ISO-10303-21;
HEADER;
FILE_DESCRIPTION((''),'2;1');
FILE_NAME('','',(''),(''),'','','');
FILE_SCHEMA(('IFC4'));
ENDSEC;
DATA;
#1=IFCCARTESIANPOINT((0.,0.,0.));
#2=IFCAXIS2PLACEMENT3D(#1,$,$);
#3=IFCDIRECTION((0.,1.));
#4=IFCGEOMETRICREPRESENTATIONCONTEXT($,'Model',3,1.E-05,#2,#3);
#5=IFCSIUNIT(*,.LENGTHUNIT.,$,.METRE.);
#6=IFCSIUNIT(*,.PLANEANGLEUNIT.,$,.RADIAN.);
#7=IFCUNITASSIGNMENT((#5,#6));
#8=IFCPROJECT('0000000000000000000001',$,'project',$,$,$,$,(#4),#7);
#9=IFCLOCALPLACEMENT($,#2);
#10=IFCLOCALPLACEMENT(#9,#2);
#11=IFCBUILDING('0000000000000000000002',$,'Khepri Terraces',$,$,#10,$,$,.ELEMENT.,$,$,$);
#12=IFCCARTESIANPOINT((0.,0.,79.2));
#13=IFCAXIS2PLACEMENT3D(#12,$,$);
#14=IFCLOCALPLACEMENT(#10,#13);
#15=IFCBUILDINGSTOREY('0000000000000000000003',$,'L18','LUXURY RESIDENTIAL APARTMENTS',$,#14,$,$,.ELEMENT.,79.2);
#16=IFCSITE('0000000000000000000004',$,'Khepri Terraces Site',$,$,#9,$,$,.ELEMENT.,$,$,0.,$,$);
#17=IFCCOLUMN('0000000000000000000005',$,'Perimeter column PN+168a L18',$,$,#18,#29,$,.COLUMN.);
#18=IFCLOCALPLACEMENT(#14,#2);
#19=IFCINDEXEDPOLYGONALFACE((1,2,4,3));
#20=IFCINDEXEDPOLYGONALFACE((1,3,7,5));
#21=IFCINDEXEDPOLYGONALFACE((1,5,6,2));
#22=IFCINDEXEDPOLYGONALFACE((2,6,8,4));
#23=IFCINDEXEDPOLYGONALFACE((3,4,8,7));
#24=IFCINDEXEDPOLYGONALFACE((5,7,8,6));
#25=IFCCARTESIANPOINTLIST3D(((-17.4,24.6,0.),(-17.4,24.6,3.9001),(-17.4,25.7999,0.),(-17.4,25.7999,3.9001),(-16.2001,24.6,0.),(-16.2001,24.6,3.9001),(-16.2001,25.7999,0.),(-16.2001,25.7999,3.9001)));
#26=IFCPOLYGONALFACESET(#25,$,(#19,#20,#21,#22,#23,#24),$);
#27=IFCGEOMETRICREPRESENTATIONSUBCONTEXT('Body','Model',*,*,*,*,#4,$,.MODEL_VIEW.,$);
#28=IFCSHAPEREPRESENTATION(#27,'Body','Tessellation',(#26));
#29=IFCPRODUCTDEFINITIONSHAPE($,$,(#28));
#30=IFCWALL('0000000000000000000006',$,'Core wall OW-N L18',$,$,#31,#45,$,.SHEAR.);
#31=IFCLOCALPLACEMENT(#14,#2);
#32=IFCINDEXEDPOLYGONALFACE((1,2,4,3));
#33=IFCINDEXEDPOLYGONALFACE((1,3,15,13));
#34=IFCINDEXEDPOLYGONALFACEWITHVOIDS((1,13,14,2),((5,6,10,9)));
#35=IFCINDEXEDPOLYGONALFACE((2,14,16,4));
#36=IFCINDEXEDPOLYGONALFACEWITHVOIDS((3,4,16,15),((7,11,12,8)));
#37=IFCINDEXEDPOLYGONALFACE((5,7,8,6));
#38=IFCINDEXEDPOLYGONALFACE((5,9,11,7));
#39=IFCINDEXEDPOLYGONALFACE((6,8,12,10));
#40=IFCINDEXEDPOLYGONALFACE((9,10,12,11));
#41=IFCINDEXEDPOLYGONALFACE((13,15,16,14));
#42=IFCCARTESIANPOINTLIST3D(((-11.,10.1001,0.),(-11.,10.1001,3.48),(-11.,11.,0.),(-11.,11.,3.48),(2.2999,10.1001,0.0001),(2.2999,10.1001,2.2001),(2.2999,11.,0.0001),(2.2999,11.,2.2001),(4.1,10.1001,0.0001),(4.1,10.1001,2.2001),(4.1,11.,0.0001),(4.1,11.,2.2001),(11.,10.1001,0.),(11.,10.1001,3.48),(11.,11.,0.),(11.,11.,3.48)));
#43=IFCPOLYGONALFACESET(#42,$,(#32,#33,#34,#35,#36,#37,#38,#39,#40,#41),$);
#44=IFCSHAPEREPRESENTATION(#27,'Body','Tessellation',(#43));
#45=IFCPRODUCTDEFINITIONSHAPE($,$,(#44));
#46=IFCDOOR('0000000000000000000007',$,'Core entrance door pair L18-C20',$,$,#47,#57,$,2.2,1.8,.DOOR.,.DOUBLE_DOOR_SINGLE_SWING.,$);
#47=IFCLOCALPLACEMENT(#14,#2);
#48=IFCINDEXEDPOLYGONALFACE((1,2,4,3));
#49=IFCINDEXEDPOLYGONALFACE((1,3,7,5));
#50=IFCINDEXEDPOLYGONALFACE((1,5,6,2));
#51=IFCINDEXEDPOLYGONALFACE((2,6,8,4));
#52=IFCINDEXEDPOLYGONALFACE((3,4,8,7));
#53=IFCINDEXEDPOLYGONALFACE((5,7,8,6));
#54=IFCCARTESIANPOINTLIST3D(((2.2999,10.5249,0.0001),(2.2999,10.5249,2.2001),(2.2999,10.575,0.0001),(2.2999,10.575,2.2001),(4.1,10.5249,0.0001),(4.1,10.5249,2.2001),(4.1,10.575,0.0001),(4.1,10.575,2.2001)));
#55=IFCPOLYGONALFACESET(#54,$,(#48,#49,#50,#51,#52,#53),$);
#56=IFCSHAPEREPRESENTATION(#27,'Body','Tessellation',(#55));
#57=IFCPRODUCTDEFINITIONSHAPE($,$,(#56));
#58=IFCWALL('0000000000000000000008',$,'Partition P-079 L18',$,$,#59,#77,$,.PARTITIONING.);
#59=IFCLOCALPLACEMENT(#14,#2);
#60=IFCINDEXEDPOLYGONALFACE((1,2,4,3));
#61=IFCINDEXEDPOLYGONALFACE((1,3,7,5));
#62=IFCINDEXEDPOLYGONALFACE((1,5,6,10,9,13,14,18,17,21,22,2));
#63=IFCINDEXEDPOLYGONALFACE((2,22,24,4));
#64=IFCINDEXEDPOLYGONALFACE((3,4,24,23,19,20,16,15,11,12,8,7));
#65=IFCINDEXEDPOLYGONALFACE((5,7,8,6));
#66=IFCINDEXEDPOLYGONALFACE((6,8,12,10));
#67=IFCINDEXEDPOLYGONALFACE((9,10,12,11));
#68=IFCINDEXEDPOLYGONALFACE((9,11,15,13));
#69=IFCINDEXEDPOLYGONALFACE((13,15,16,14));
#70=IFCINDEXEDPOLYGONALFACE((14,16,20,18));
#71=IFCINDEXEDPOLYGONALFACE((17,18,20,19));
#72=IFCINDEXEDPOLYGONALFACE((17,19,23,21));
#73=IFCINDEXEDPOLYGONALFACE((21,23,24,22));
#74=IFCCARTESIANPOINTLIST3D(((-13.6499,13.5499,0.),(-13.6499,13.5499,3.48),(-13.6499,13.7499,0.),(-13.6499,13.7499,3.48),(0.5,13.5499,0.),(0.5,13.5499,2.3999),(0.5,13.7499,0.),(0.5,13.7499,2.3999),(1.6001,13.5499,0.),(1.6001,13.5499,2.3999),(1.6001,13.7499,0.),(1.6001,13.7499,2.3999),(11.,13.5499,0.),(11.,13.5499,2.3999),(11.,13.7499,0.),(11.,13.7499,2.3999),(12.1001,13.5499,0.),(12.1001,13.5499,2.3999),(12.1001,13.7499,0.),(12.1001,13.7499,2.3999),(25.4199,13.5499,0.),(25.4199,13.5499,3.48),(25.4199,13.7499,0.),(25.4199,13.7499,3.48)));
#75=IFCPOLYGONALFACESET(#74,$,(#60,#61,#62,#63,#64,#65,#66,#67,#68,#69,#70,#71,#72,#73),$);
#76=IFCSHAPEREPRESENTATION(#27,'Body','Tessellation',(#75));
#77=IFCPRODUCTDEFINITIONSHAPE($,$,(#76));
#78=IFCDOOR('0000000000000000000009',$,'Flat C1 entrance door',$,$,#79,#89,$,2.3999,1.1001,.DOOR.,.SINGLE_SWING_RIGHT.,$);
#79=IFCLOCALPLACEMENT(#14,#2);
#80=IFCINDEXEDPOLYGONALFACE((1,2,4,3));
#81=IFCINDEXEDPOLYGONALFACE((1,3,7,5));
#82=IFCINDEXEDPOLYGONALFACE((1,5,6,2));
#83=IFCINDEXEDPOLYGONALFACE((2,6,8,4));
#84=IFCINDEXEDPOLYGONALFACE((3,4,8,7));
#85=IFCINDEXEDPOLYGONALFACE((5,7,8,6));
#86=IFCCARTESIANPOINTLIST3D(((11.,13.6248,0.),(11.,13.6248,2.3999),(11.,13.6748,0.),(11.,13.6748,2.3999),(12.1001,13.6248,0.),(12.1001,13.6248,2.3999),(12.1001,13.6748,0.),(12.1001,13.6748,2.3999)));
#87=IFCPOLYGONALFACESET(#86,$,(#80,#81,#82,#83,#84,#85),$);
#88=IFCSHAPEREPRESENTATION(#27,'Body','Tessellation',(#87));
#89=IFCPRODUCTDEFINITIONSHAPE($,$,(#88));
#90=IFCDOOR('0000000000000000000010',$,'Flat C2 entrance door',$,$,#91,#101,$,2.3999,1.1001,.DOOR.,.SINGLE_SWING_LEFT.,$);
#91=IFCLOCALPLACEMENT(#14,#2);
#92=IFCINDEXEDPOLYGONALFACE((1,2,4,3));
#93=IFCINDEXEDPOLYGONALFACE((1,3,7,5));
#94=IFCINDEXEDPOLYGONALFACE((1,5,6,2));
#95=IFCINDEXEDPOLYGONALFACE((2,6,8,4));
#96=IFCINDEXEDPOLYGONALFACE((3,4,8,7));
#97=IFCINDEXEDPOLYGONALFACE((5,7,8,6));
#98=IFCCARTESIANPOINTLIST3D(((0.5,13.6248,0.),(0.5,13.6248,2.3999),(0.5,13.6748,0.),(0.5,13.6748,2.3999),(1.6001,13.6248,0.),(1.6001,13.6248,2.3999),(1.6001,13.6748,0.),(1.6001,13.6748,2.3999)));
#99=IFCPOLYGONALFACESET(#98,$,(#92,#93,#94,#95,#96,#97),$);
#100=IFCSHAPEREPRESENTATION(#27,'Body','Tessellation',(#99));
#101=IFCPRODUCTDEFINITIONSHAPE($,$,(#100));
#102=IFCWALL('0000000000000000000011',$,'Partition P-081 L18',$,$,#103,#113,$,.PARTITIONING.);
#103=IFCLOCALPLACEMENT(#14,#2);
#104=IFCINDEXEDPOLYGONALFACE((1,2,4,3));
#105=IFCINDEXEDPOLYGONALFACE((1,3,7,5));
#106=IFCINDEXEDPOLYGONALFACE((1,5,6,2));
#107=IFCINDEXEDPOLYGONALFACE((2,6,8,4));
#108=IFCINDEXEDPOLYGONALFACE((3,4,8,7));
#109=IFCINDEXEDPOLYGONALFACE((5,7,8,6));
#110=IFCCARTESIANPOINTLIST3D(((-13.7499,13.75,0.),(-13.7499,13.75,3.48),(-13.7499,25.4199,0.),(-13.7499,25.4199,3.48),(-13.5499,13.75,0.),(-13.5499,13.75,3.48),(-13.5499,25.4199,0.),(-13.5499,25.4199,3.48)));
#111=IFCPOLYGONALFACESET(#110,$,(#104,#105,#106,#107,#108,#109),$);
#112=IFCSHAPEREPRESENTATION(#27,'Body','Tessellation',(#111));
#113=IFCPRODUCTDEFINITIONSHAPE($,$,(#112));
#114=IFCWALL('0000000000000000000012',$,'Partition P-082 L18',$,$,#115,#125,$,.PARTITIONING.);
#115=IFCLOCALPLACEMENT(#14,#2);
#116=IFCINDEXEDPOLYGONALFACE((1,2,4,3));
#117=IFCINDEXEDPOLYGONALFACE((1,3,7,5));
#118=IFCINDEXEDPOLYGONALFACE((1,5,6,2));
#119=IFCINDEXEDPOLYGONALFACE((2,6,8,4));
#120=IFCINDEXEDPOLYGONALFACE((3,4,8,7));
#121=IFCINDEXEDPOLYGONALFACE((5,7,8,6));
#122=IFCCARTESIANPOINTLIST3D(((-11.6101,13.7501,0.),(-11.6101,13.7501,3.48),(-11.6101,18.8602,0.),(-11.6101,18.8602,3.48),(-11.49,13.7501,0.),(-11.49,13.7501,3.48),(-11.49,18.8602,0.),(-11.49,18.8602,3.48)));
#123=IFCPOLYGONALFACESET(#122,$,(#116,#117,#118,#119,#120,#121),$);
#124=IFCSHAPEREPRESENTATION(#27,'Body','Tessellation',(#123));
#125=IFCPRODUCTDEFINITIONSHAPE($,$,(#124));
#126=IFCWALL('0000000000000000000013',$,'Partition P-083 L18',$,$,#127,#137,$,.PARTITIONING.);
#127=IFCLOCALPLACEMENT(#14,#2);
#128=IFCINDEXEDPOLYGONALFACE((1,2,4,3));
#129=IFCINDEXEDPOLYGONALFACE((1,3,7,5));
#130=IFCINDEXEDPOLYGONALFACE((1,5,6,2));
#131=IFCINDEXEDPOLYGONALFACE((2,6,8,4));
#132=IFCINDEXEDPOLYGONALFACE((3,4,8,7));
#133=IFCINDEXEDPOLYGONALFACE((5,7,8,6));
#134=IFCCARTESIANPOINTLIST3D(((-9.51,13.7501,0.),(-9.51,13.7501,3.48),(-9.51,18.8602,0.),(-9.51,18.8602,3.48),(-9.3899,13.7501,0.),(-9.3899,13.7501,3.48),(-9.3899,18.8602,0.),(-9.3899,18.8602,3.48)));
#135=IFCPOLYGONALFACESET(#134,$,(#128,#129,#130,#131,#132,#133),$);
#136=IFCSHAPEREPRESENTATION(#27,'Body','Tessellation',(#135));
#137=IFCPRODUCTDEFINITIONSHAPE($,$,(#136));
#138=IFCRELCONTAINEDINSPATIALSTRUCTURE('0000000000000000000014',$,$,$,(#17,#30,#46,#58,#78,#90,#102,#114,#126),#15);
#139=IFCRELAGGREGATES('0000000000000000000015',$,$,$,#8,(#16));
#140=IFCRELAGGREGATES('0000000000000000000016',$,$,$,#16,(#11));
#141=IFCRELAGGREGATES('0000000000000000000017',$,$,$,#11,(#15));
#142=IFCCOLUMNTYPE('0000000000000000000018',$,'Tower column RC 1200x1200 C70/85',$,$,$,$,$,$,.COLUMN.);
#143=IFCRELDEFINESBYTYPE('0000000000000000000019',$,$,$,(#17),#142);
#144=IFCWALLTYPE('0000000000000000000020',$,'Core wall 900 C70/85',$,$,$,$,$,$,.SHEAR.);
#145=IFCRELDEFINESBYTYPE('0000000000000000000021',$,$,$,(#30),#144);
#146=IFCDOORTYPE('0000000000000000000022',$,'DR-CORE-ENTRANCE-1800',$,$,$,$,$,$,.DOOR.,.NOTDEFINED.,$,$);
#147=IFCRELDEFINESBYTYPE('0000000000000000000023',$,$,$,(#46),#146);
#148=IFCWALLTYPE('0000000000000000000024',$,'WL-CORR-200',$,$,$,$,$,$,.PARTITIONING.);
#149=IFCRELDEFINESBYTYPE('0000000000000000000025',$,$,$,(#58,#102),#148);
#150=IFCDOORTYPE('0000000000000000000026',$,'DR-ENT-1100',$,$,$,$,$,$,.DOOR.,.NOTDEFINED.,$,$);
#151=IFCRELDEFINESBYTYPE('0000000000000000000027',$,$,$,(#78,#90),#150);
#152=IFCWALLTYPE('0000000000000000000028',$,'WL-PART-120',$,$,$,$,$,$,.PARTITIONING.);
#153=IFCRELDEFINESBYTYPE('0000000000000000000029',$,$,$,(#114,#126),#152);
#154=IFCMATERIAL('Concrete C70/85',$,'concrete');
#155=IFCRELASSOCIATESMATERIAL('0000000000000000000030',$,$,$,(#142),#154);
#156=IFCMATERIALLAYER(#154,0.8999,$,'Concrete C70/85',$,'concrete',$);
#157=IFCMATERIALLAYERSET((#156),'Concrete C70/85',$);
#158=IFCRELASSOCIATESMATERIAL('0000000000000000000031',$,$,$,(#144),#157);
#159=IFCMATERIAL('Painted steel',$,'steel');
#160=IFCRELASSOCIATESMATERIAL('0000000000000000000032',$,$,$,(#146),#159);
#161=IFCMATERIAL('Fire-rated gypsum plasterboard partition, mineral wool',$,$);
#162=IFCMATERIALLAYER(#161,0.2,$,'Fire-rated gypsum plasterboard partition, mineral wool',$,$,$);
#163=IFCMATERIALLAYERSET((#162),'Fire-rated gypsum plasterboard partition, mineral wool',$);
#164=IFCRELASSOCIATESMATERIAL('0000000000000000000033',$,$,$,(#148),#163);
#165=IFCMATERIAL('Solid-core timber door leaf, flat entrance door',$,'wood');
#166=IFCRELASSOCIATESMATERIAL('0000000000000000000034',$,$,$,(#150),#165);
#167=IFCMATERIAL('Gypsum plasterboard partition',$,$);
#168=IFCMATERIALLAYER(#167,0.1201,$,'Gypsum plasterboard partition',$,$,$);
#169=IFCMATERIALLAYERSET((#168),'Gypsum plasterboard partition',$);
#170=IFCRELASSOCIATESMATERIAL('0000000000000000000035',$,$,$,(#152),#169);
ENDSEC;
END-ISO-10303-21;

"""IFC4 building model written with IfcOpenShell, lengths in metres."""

from ifc_helpers import new_model, si_unit, direction, frame, frame_2d, origin, origin_2d, place, context, subcontext, project, spatial, rectangle, extrude, material, layer, layer_set, material_profile, profile_set, type_object, element, fill, save


model = new_model("IFC4")

# Units and contexts
model_context = context("Model", 3, precision=1e-05, world=origin(), true_north=direction((0.0, 1.0)))
body_context = subcontext(model_context, "Body", "Model", "MODEL_VIEW")
ifc_project = project(units=[si_unit("LENGTHUNIT", "METRE"), si_unit("PLANEANGLEUNIT", "RADIAN")], contexts=[model_context])

# Site, building, storey
site_placement = place(None, origin())
site = spatial("IfcSite", under=ifc_project, at=site_placement, Name="Khepri Terraces Site", CompositionType="ELEMENT", RefElevation=0.0)
building_placement = place(site_placement, origin())
building = spatial("IfcBuilding", under=site, at=building_placement, Name="Khepri Terraces", CompositionType="ELEMENT")
storey_placement = place(building_placement, frame((0.0, 0.0, 79.2)))
storey = spatial("IfcBuildingStorey", under=building, at=storey_placement, Name="L18", Description="LUXURY RESIDENTIAL APARTMENTS", CompositionType="ELEMENT", Elevation=79.2)

# Column
ifc_material_1 = material(Name="Concrete C70/85", Category="concrete")
ifc_material_profile = material_profile(ifc_material_1, rectangle(XDim=1.2, YDim=1.2, at=origin_2d()), Name="Concrete C70/85", Category="concrete")
ifc_profile_set = profile_set([ifc_material_profile], Name="Concrete C70/85")
column_type = type_object("IfcColumnType", Name="Tower column RC 1200x1200 C70/85", PredefinedType="COLUMN", material=ifc_profile_set)
column_placement = place(storey_placement, frame((-16.8, 25.2, 0.0), z_axis=(0.0, 0.0, 1.0), x_axis=(1.0, 0.0, 0.0)))
element("IfcColumn", 1, at=column_placement, inside=storey, type_object=column_type, Name="Perimeter column PN+168a L18", PredefinedType="COLUMN", context=body_context, shape_type="SweptSolid", body=[
    extrude(rectangle(XDim=1.2, YDim=1.2, at=origin_2d()), origin(), (0.0, 0.0, 1.0), 3.9001),
])

# Wall, opening, door
ifc_layer_1 = layer(ifc_material_1, 0.8999, Name="Concrete C70/85", Category="concrete")
ifc_layer_set_1 = layer_set([ifc_layer_1], Name="Concrete C70/85")
wall_type_1 = type_object("IfcWallType", Name="Core wall 900 C70/85", PredefinedType="SHEAR", material=ifc_layer_set_1)
wall_1_placement = place(storey_placement, frame((-11.0, 10.55, 0.0), z_axis=(0.0, 0.0, 1.0), x_axis=(1.0, 0.0, 0.0)))
wall_1 = element("IfcWall", 2, at=wall_1_placement, inside=storey, type_object=wall_type_1, Name="Core wall OW-N L18", PredefinedType="SHEAR", context=body_context, shape_type="SweptSolid", body=[
    extrude(rectangle(XDim=22.0, YDim=0.8999, at=frame_2d((11.0, 0.0))), origin(), (0.0, 0.0, 1.0), 3.48),
])
opening_1_placement = place(wall_1_placement, frame((13.3, 0.0, 0.0)))
opening_1 = element("IfcOpeningElement", 3, at=opening_1_placement, cuts=wall_1, PredefinedType="OPENING", context=body_context, shape_type="SweptSolid", body=[
    extrude(rectangle(XDim=1.8, YDim=2.2, at=frame_2d((0.8999, 1.1001))), frame((0.0, 0.46, 0.0), z_axis=(0.0, -1.0, 0.0), x_axis=(1.0, 0.0, 0.0)), (0.0, 0.0, 1.0), 0.9199),
])
ifc_material_2 = material(Name="Painted steel", Category="steel")
door_type_1 = type_object("IfcDoorType", Name="DR-CORE-ENTRANCE-1800", OperationType="NOTDEFINED", PredefinedType="DOOR", material=ifc_material_2)
door_1_placement = place(opening_1_placement, origin())
door_1 = element("IfcDoor", 4, at=door_1_placement, inside=storey, type_object=door_type_1, Name="Core entrance door pair L18-C20", OperationType="DOUBLE_DOOR_SINGLE_SWING", OverallHeight=2.2, OverallWidth=1.8, PredefinedType="DOOR", context=body_context, shape_type="SweptSolid", body=[
    extrude(rectangle(XDim=1.8, YDim=2.2, at=frame_2d((0.8999, 1.1001))), frame((0.0, 0.0249, 0.0), z_axis=(0.0, -1.0, 0.0), x_axis=(1.0, 0.0, 0.0)), (0.0, 0.0, 1.0), 0.05),
])
fill(opening_1, door_1)

# Wall, openings, doors
ifc_material_3 = material(Name="Fire-rated gypsum plasterboard partition, mineral wool")
ifc_layer_2 = layer(ifc_material_3, 0.2, Name="Fire-rated gypsum plasterboard partition, mineral wool")
ifc_layer_set_2 = layer_set([ifc_layer_2], Name="Fire-rated gypsum plasterboard partition, mineral wool")
wall_type_2 = type_object("IfcWallType", Name="WL-CORR-200", PredefinedType="PARTITIONING", material=ifc_layer_set_2)
wall_2_placement = place(storey_placement, frame((-13.6499, 13.6499, 0.0), z_axis=(0.0, 0.0, 1.0), x_axis=(1.0, 0.0, 0.0)))
wall_2 = element("IfcWall", 5, at=wall_2_placement, inside=storey, type_object=wall_type_2, Name="Partition P-079 L18", PredefinedType="PARTITIONING", context=body_context, shape_type="SweptSolid", body=[
    extrude(rectangle(XDim=39.0698, YDim=0.2, at=frame_2d((19.5349, 0.0))), origin(), (0.0, 0.0, 1.0), 3.48),
])
opening_2_placement = place(wall_2_placement, frame((24.6499, 0.0, 0.0)))
opening_2 = element("IfcOpeningElement", 6, at=opening_2_placement, cuts=wall_2, PredefinedType="OPENING", context=body_context, shape_type="SweptSolid", body=[
    extrude(rectangle(XDim=1.1001, YDim=2.3999, at=frame_2d((0.55, 1.2))), frame((0.0, 0.1099, 0.0), z_axis=(0.0, -1.0, 0.0), x_axis=(1.0, 0.0, 0.0)), (0.0, 0.0, 1.0), 0.22),
])
opening_3_placement = place(wall_2_placement, frame((14.1499, 0.0, 0.0)))
opening_3 = element("IfcOpeningElement", 7, at=opening_3_placement, cuts=wall_2, PredefinedType="OPENING", context=body_context, shape_type="SweptSolid", body=[
    extrude(rectangle(XDim=1.1001, YDim=2.3999, at=frame_2d((0.55, 1.2))), frame((0.0, 0.1099, 0.0), z_axis=(0.0, -1.0, 0.0), x_axis=(1.0, 0.0, 0.0)), (0.0, 0.0, 1.0), 0.22),
])
ifc_material_4 = material(Name="Solid-core timber door leaf, flat entrance door", Category="wood")
door_type_2 = type_object("IfcDoorType", Name="DR-ENT-1100", OperationType="NOTDEFINED", PredefinedType="DOOR", material=ifc_material_4)
door_2_placement = place(opening_2_placement, origin())
door_2 = element("IfcDoor", 8, at=door_2_placement, inside=storey, type_object=door_type_2, Name="Flat C1 entrance door", OperationType="SINGLE_SWING_RIGHT", OverallHeight=2.3999, OverallWidth=1.1001, PredefinedType="DOOR", context=body_context, shape_type="SweptSolid", body=[
    extrude(rectangle(XDim=1.1001, YDim=2.3999, at=frame_2d((0.55, 1.2))), frame((0.0, 0.0249, 0.0), z_axis=(0.0, -1.0, 0.0), x_axis=(1.0, 0.0, 0.0)), (0.0, 0.0, 1.0), 0.05),
])
fill(opening_2, door_2)
door_3_placement = place(opening_3_placement, origin())
door_3 = element("IfcDoor", 9, at=door_3_placement, inside=storey, type_object=door_type_2, Name="Flat C2 entrance door", OperationType="SINGLE_SWING_LEFT", OverallHeight=2.3999, OverallWidth=1.1001, PredefinedType="DOOR", context=body_context, shape_type="SweptSolid", body=[
    extrude(rectangle(XDim=1.1001, YDim=2.3999, at=frame_2d((0.55, 1.2))), frame((0.0, 0.0249, 0.0), z_axis=(0.0, -1.0, 0.0), x_axis=(1.0, 0.0, 0.0)), (0.0, 0.0, 1.0), 0.05),
])
fill(opening_3, door_3)

# Walls
wall_3_placement = place(storey_placement, frame((-13.6499, 13.75, 0.0), z_axis=(0.0, 0.0, 1.0), x_axis=(0.0, 1.0, 0.0)))
element("IfcWall", 10, at=wall_3_placement, inside=storey, type_object=wall_type_2, Name="Partition P-081 L18", PredefinedType="PARTITIONING", context=body_context, shape_type="SweptSolid", body=[
    extrude(rectangle(XDim=11.6699, YDim=0.2, at=frame_2d((5.835, 0.0))), origin(), (0.0, 0.0, 1.0), 3.48),
])
ifc_material_5 = material(Name="Gypsum plasterboard partition")
ifc_layer_3 = layer(ifc_material_5, 0.1201, Name="Gypsum plasterboard partition")
ifc_layer_set_3 = layer_set([ifc_layer_3], Name="Gypsum plasterboard partition")
wall_type_3 = type_object("IfcWallType", Name="WL-PART-120", PredefinedType="PARTITIONING", material=ifc_layer_set_3)
for number, where, z_axis, x_axis, name in (
    (11, (-11.55, 13.75, 0.0), (0.0, 0.0, 1.0), (0.0, 1.0, 0.0), "Partition P-082 L18"),
    (12, (-9.45, 13.75, 0.0), (0.0, 0.0, 1.0), (0.0, 1.0, 0.0), "Partition P-083 L18"),
):
    element("IfcWall", number, at=place(storey_placement, frame(where, z_axis=z_axis, x_axis=x_axis)), inside=storey, type_object=wall_type_3, Name=name, PredefinedType="PARTITIONING", context=body_context, shape_type="SweptSolid", body=[
        extrude(rectangle(XDim=5.1101, YDim=0.1201, at=frame_2d((2.5552, 0.0))), origin(), (0.0, 0.0, 1.0), 3.48),
    ])

save(model, "model.ifc")
